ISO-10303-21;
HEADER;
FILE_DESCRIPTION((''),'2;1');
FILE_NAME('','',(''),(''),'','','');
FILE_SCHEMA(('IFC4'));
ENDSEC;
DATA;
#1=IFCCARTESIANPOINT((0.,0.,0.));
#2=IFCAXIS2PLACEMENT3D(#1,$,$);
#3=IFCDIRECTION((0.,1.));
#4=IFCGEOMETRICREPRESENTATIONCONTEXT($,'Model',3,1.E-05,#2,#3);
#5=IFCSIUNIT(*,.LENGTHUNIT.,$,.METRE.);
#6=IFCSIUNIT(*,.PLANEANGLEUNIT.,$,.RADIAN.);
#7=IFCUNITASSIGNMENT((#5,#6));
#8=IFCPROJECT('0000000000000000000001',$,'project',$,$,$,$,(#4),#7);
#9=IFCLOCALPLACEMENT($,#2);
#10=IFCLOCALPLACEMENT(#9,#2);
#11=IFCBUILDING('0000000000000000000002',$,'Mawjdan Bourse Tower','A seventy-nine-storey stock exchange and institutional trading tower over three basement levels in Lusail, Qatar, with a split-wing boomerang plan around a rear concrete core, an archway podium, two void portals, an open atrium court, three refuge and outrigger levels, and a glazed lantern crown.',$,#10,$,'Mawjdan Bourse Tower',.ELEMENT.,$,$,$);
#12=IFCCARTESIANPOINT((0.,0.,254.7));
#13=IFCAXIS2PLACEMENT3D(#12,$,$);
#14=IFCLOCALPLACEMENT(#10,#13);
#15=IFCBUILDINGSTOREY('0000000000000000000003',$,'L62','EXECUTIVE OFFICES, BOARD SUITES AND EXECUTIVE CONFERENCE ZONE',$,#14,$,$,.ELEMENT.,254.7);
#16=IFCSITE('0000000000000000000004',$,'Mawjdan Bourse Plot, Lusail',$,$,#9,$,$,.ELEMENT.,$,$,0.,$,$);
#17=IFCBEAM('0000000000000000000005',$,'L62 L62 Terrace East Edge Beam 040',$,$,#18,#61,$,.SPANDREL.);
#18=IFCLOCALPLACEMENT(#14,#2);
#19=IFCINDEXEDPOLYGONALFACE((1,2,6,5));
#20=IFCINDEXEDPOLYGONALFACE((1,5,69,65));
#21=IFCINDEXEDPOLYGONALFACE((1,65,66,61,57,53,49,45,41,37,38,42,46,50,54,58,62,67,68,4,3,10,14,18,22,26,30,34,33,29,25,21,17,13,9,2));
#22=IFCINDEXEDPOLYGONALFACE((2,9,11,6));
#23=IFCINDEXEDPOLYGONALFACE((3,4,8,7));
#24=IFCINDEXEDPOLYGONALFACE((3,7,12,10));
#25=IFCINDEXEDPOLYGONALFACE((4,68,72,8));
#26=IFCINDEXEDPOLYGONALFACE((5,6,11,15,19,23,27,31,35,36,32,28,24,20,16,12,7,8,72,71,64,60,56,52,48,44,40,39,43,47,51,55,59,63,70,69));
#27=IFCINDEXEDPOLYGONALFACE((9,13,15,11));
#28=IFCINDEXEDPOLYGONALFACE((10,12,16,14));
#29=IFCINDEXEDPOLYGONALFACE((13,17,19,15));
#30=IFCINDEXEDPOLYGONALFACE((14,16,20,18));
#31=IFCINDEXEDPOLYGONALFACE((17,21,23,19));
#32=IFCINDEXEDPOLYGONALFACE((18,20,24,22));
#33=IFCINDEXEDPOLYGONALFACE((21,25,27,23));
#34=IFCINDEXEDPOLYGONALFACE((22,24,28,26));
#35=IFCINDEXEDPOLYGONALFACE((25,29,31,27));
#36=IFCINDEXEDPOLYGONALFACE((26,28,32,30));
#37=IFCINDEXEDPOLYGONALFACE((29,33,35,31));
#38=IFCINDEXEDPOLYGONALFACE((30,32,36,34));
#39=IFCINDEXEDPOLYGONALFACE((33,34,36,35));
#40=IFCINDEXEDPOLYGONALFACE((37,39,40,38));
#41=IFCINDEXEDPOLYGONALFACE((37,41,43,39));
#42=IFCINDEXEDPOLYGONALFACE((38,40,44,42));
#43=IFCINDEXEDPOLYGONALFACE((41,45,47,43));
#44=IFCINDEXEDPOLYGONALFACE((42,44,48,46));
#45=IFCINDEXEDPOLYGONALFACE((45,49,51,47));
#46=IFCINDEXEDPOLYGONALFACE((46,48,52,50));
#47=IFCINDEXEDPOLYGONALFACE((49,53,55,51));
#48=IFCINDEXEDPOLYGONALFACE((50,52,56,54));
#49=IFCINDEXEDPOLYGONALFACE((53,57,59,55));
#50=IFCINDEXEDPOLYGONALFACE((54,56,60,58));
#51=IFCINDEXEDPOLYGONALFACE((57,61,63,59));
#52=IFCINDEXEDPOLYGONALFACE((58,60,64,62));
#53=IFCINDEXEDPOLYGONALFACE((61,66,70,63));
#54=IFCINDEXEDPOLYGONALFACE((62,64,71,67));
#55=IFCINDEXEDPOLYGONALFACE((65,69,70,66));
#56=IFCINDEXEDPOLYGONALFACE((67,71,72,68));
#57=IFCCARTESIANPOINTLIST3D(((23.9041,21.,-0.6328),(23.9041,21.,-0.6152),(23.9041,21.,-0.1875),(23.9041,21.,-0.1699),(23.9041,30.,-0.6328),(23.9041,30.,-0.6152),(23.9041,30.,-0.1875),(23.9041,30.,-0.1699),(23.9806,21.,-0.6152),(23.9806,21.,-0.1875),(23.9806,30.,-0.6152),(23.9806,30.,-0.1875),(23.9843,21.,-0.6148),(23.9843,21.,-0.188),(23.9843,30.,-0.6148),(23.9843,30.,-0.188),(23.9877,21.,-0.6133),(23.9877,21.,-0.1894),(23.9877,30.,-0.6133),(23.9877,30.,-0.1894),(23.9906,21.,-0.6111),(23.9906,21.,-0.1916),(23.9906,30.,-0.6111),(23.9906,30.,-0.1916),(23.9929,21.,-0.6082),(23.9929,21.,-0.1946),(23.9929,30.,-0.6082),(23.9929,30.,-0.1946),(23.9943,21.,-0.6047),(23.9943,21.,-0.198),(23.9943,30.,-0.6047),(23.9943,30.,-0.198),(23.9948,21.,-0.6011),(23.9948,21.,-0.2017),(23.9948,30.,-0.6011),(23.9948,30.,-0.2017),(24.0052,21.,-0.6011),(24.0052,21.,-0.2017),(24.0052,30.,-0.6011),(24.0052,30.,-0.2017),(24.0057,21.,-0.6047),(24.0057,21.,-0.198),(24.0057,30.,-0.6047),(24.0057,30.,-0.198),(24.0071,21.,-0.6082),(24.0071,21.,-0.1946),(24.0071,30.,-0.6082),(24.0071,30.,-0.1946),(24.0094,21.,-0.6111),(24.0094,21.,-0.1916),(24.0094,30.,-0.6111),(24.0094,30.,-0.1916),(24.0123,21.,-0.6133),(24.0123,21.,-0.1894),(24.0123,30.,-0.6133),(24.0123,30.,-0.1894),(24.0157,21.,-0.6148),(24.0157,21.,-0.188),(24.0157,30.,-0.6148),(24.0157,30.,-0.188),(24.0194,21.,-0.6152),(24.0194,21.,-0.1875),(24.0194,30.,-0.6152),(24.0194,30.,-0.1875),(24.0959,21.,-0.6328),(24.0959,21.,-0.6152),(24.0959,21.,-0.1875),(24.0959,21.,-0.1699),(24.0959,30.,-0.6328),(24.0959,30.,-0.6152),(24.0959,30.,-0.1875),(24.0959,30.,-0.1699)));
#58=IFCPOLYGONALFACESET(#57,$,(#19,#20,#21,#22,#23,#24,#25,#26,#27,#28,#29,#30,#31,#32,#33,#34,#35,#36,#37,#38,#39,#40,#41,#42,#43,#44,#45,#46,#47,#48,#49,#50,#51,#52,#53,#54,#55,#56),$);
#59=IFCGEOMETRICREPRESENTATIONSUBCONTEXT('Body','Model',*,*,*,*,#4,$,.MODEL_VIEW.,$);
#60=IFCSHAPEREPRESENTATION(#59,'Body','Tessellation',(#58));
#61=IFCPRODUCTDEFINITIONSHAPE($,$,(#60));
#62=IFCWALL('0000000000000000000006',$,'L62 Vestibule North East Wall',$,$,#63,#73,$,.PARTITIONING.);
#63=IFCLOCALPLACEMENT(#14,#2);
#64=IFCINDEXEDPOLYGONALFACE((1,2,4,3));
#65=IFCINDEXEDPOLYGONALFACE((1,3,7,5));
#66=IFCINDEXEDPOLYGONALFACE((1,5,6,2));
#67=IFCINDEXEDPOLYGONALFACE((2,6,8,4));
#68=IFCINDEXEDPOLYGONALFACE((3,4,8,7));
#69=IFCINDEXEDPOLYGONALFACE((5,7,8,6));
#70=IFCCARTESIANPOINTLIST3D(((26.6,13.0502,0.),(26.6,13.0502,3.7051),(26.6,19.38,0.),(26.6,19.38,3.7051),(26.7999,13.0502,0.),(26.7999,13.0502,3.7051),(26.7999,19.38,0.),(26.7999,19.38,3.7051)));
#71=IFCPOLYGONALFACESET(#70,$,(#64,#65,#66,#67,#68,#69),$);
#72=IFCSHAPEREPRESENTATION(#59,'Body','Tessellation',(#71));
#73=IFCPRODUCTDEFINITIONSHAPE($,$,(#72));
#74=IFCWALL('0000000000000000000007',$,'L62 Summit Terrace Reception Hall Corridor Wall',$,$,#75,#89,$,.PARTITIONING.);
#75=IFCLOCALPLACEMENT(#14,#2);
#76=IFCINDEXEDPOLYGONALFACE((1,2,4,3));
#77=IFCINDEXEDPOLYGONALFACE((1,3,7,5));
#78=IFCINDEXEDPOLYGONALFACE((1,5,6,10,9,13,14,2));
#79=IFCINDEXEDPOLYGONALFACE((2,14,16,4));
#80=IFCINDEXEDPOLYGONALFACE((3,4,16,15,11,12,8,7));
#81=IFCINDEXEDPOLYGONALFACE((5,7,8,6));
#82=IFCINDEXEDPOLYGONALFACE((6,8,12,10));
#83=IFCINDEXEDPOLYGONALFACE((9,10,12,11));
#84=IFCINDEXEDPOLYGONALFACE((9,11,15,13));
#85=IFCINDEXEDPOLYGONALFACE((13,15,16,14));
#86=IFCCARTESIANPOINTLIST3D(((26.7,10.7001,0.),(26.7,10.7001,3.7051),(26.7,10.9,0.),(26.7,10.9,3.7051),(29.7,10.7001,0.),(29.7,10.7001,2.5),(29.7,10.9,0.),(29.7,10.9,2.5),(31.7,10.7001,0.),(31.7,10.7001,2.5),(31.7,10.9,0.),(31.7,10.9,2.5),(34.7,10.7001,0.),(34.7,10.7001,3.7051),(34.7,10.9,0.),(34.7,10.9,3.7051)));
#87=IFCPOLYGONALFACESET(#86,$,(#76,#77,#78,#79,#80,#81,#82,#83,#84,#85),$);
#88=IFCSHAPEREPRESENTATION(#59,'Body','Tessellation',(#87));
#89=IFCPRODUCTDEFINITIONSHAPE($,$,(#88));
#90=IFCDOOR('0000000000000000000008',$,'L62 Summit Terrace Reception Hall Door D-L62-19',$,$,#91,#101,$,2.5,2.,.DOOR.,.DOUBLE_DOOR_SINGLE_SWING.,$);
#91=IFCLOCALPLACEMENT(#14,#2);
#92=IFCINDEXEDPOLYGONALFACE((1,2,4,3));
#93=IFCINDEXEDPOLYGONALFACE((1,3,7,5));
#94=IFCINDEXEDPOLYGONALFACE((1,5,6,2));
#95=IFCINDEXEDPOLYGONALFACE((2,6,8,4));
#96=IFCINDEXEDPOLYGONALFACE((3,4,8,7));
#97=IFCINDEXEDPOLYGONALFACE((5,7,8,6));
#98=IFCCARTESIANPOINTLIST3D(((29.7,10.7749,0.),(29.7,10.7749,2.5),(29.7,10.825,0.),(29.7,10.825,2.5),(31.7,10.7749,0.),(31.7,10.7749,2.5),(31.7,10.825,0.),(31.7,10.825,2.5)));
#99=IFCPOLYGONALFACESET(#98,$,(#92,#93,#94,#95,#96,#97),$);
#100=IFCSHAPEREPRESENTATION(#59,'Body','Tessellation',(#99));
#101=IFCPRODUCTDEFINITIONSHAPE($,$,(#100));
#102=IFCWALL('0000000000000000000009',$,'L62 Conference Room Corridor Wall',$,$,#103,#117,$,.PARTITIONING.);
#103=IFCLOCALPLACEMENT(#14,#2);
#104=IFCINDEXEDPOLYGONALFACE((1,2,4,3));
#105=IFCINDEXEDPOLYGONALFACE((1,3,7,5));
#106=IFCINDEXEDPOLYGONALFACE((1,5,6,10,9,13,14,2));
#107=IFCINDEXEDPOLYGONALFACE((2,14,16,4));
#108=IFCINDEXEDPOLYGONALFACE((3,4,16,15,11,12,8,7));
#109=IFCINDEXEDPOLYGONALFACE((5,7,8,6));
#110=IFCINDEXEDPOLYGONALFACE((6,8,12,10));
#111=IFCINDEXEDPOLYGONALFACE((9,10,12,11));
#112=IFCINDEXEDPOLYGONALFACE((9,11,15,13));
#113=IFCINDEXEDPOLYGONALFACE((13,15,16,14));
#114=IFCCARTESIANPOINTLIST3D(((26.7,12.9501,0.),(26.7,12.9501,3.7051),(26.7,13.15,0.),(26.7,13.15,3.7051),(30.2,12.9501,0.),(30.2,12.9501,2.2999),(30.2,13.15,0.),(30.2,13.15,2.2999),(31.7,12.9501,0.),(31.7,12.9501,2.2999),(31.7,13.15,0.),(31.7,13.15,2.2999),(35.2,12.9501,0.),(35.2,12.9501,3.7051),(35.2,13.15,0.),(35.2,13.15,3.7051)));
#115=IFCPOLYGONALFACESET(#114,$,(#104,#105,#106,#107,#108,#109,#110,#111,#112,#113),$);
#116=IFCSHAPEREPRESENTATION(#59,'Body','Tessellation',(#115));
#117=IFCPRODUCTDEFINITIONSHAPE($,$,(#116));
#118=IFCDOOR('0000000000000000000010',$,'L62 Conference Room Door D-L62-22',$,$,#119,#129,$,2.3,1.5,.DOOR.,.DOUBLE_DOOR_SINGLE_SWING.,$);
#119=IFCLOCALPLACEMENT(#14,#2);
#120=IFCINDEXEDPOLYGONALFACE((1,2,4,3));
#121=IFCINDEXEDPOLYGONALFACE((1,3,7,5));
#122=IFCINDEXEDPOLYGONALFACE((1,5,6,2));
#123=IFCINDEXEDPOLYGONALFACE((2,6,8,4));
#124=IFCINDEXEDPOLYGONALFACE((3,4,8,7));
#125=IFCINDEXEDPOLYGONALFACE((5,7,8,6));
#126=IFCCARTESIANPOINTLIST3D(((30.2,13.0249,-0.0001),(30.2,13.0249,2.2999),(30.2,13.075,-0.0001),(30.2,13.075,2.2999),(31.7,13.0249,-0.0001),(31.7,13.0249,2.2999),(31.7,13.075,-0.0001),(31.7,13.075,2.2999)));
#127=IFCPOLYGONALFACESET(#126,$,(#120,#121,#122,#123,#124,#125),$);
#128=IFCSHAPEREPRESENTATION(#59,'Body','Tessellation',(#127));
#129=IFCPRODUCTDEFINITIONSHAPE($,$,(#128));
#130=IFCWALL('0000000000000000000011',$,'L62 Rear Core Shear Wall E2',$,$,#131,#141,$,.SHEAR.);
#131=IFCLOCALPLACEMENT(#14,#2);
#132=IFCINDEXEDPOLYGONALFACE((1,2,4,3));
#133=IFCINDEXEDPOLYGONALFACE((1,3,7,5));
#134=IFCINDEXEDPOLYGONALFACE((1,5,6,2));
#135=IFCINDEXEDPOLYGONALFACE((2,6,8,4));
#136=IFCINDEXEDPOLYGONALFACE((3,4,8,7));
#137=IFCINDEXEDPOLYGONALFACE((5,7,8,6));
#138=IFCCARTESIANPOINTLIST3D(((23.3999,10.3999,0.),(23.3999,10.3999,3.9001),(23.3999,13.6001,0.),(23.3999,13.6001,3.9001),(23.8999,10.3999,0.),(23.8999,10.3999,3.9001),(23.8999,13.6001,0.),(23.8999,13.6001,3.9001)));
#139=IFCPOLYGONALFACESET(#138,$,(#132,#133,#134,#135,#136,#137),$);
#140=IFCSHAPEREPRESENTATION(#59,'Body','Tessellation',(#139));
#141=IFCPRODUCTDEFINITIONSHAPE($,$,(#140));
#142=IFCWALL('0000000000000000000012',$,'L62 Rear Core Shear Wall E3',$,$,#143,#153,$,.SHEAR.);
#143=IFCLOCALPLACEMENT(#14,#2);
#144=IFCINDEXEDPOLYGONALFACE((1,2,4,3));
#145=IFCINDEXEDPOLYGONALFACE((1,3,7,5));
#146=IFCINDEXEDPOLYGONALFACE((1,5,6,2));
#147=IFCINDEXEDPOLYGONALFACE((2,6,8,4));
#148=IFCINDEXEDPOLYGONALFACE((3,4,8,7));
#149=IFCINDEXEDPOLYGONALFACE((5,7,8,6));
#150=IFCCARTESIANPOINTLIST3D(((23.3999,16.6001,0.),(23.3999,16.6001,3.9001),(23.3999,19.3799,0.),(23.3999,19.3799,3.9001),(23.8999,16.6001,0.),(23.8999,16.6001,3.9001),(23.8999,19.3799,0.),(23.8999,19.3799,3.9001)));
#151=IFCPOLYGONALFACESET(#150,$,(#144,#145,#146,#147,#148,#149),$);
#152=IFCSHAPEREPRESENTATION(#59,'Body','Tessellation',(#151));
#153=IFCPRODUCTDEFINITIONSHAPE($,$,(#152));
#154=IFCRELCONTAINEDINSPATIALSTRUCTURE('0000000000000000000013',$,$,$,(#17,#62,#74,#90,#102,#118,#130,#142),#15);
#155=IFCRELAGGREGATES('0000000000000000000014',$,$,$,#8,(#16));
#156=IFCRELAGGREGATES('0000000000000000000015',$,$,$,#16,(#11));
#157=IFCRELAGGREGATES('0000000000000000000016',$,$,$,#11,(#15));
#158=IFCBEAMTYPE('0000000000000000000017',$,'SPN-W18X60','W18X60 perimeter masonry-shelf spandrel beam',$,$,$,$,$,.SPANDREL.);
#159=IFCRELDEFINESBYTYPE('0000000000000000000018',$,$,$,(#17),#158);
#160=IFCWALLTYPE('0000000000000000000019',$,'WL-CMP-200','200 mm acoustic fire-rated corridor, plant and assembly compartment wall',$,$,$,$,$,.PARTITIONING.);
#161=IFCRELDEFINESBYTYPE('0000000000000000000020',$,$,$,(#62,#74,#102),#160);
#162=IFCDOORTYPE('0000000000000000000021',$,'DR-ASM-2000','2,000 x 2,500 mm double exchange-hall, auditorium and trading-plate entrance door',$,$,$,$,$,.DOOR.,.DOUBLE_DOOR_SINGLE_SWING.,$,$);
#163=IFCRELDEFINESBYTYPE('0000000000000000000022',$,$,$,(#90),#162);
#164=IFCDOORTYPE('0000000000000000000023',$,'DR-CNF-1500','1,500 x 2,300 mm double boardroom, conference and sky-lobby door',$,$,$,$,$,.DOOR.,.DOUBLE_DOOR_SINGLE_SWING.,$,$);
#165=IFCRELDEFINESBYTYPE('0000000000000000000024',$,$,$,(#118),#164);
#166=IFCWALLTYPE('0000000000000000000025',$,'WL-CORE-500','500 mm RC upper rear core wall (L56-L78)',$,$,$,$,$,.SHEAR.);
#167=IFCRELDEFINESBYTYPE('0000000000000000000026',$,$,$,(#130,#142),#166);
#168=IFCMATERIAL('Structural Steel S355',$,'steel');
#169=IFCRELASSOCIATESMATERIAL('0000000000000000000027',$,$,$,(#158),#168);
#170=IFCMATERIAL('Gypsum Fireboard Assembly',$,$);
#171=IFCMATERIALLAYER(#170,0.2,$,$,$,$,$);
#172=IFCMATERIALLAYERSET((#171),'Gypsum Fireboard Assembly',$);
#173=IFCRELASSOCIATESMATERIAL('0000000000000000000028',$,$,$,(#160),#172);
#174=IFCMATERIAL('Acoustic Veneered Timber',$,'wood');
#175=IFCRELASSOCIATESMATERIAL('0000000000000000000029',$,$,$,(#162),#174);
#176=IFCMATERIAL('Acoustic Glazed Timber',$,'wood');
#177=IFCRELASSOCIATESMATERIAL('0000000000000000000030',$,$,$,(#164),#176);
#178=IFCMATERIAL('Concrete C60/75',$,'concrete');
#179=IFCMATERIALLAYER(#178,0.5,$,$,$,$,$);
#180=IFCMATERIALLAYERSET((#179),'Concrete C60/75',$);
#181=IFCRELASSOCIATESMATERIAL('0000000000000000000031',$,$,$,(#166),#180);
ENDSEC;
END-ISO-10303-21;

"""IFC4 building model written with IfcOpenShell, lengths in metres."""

from ifc_helpers import new_model, si_unit, direction, frame, frame_2d, origin, origin_2d, place, context, subcontext, project, spatial, rectangle, i_section, extrude, material, layer, layer_set, material_profile, profile_set, type_object, element, fill, save


model = new_model("IFC4")

# Units and contexts
model_context = context("Model", 3, precision=1e-05, world=origin(), true_north=direction((0.0, 1.0)))
body_context = subcontext(model_context, "Body", "Model", "MODEL_VIEW")
ifc_project = project(units=[si_unit("LENGTHUNIT", "METRE"), si_unit("PLANEANGLEUNIT", "RADIAN")], contexts=[model_context])

# Site, building, storey
site_placement = place(None, origin())
site = spatial("IfcSite", under=ifc_project, at=site_placement, Name="Mawjdan Bourse Plot, Lusail", CompositionType="ELEMENT", RefElevation=0.0)
building_placement = place(site_placement, origin())
building = spatial("IfcBuilding", under=site, at=building_placement, Name="Mawjdan Bourse Tower", Description="A seventy-nine-storey stock exchange and institutional trading tower over three basement levels in Lusail, Qatar, with a split-wing boomerang plan around a rear concrete core, an archway podium, two void portals, an open atrium court, three refuge and outrigger levels, and a glazed lantern crown.", LongName="Mawjdan Bourse Tower", CompositionType="ELEMENT")
storey_placement = place(building_placement, frame((0.0, 0.0, 254.7)))
storey = spatial("IfcBuildingStorey", under=building, at=storey_placement, Name="L62", Description="EXECUTIVE OFFICES, BOARD SUITES AND EXECUTIVE CONFERENCE ZONE", CompositionType="ELEMENT", Elevation=254.7)

# Shared definitions
ifc_material_1 = material(Name="Concrete C60/75", Category="concrete")

# Beam
ifc_material_2 = material(Name="Structural Steel S355", Category="steel")
ifc_material_profile_1 = material_profile(ifc_material_2, i_section(OverallWidth=0.1919, OverallDepth=0.4629, WebThickness=0.0105, FlangeThickness=0.0176, FilletRadius=0.0142, at=origin_2d()), Name="W18X60")
ifc_profile_set_1 = profile_set([ifc_material_profile_1], Name="Structural Steel S355")
beam_type_1 = type_object("IfcBeamType", Name="SPN-W18X60", Description="W18X60 perimeter masonry-shelf spandrel beam", PredefinedType="SPANDREL", material=ifc_profile_set_1)
for number, where, z_axis, x_axis, name in (
    (1, (24.0, 21.0, -0.4014), (0.0, 1.0, 0.0), (-1.0, 0.0, 0.0), "L62 L62 Terrace East Edge Beam 040"),
):
    element("IfcBeam", number, at=place(storey_placement, frame(where, z_axis=z_axis, x_axis=x_axis)), inside=storey, type_object=beam_type_1, Name=name, PredefinedType="SPANDREL", context=body_context, shape_type="SweptSolid", body=[
        extrude(i_section(OverallWidth=0.1919, OverallDepth=0.4629, WebThickness=0.0105, FlangeThickness=0.0176, FilletRadius=0.0142, at=origin_2d()), origin(), (0.0, 0.0, 1.0), 9.0),
    ])

# Wall
ifc_material_3 = material(Name="Gypsum Fireboard Assembly")
ifc_layer_1 = layer(ifc_material_3, 0.2)
ifc_layer_set_1 = layer_set([ifc_layer_1], Name="Gypsum Fireboard Assembly")
wall_type_1 = type_object("IfcWallType", Name="WL-CMP-200", Description="200 mm acoustic fire-rated corridor, plant and assembly compartment wall", PredefinedType="PARTITIONING", material=ifc_layer_set_1)
wall_1_placement = place(storey_placement, frame((26.7, 13.05, 0.0), z_axis=(0.0, 0.0, 1.0), x_axis=(0.0, 1.0, 0.0)))
element("IfcWall", 2, at=wall_1_placement, inside=storey, type_object=wall_type_1, Name="L62 Vestibule North East Wall", PredefinedType="PARTITIONING", context=body_context, shape_type="SweptSolid", body=[
    extrude(rectangle(XDim=6.3298, YDim=0.2, at=frame_2d((3.165, 0.0))), origin(), (0.0, 0.0, 1.0), 3.7051),
])

# Walls, openings, doors
wall_2_placement = place(storey_placement, frame((26.7, 10.8, 0.0), z_axis=(0.0, 0.0, 1.0), x_axis=(1.0, 0.0, 0.0)))
wall_2 = element("IfcWall", 3, at=wall_2_placement, inside=storey, type_object=wall_type_1, Name="L62 Summit Terrace Reception Hall Corridor Wall", PredefinedType="PARTITIONING", context=body_context, shape_type="SweptSolid", body=[
    extrude(rectangle(XDim=8.0, YDim=0.2, at=frame_2d((4.0, 0.0))), origin(), (0.0, 0.0, 1.0), 3.7051),
])
opening_1_placement = place(wall_2_placement, frame((3.0, 0.0, 0.0)))
opening_1 = element("IfcOpeningElement", 4, at=opening_1_placement, cuts=wall_2, PredefinedType="OPENING", context=body_context, shape_type="SweptSolid", body=[
    extrude(rectangle(XDim=2.0, YDim=2.5, at=frame_2d((1.0, 1.25))), frame((0.0, 0.1099, 0.0), z_axis=(0.0, -1.0, 0.0), x_axis=(1.0, 0.0, 0.0)), (0.0, 0.0, 1.0), 0.22),
])
ifc_material_4 = material(Name="Acoustic Veneered Timber", Category="wood")
door_type_1 = type_object("IfcDoorType", Name="DR-ASM-2000", Description="2,000 x 2,500 mm double exchange-hall, auditorium and trading-plate entrance door", OperationType="DOUBLE_DOOR_SINGLE_SWING", PredefinedType="DOOR", material=ifc_material_4)
door_1_placement = place(opening_1_placement, origin())
door_1 = element("IfcDoor", 5, at=door_1_placement, inside=storey, type_object=door_type_1, Name="L62 Summit Terrace Reception Hall Door D-L62-19", OperationType="DOUBLE_DOOR_SINGLE_SWING", OverallHeight=2.5, OverallWidth=2.0, PredefinedType="DOOR", context=body_context, shape_type="SweptSolid", body=[
    extrude(rectangle(XDim=2.0, YDim=2.5, at=frame_2d((1.0, 1.25))), frame((0.0, 0.0249, 0.0), z_axis=(0.0, -1.0, 0.0), x_axis=(1.0, 0.0, 0.0)), (0.0, 0.0, 1.0), 0.05),
])
fill(opening_1, door_1)
wall_3_placement = place(storey_placement, frame((26.7, 13.05, 0.0), z_axis=(0.0, 0.0, 1.0), x_axis=(1.0, 0.0, 0.0)))
wall_3 = element("IfcWall", 6, at=wall_3_placement, inside=storey, type_object=wall_type_1, Name="L62 Conference Room Corridor Wall", PredefinedType="PARTITIONING", context=body_context, shape_type="SweptSolid", body=[
    extrude(rectangle(XDim=8.5, YDim=0.2, at=frame_2d((4.25, 0.0))), origin(), (0.0, 0.0, 1.0), 3.7051),
])
opening_2_placement = place(wall_3_placement, frame((3.5, 0.0, 0.0)))
opening_2 = element("IfcOpeningElement", 7, at=opening_2_placement, cuts=wall_3, PredefinedType="OPENING", context=body_context, shape_type="SweptSolid", body=[
    extrude(rectangle(XDim=1.5, YDim=2.3, at=frame_2d((0.75, 1.1499))), frame((0.0, 0.1099, 0.0), z_axis=(0.0, -1.0, 0.0), x_axis=(1.0, 0.0, 0.0)), (0.0, 0.0, 1.0), 0.22),
])
ifc_material_5 = material(Name="Acoustic Glazed Timber", Category="wood")
door_type_2 = type_object("IfcDoorType", Name="DR-CNF-1500", Description="1,500 x 2,300 mm double boardroom, conference and sky-lobby door", OperationType="DOUBLE_DOOR_SINGLE_SWING", PredefinedType="DOOR", material=ifc_material_5)
door_2_placement = place(opening_2_placement, origin())
door_2 = element("IfcDoor", 8, at=door_2_placement, inside=storey, type_object=door_type_2, Name="L62 Conference Room Door D-L62-22", OperationType="DOUBLE_DOOR_SINGLE_SWING", OverallHeight=2.3, OverallWidth=1.5, PredefinedType="DOOR", context=body_context, shape_type="SweptSolid", body=[
    extrude(rectangle(XDim=1.5, YDim=2.3, at=frame_2d((0.75, 1.1499))), frame((0.0, 0.0249, 0.0), z_axis=(0.0, -1.0, 0.0), x_axis=(1.0, 0.0, 0.0)), (0.0, 0.0, 1.0), 0.05),
])
fill(opening_2, door_2)

# Walls
ifc_layer_2 = layer(ifc_material_1, 0.5)
ifc_layer_set_2 = layer_set([ifc_layer_2], Name="Concrete C60/75")
wall_type_2 = type_object("IfcWallType", Name="WL-CORE-500", Description="500 mm RC upper rear core wall (L56-L78)", PredefinedType="SHEAR", material=ifc_layer_set_2)
wall_4_placement = place(storey_placement, frame((23.6499, 10.3999, 0.0), z_axis=(0.0, 0.0, 1.0), x_axis=(0.0, 1.0, 0.0)))
element("IfcWall", 9, at=wall_4_placement, inside=storey, type_object=wall_type_2, Name="L62 Rear Core Shear Wall E2", PredefinedType="SHEAR", context=body_context, shape_type="SweptSolid", body=[
    extrude(rectangle(XDim=3.2002, YDim=0.5, at=frame_2d((1.6001, 0.0))), origin(), (0.0, 0.0, 1.0), 3.9001),
])
wall_5_placement = place(storey_placement, frame((23.6499, 16.6001, 0.0), z_axis=(0.0, 0.0, 1.0), x_axis=(0.0, 1.0, 0.0)))
element("IfcWall", 10, at=wall_5_placement, inside=storey, type_object=wall_type_2, Name="L62 Rear Core Shear Wall E3", PredefinedType="SHEAR", context=body_context, shape_type="SweptSolid", body=[
    extrude(rectangle(XDim=2.7798, YDim=0.5, at=frame_2d((1.3899, 0.0))), origin(), (0.0, 0.0, 1.0), 3.9001),
])

save(model, "model.ifc")
